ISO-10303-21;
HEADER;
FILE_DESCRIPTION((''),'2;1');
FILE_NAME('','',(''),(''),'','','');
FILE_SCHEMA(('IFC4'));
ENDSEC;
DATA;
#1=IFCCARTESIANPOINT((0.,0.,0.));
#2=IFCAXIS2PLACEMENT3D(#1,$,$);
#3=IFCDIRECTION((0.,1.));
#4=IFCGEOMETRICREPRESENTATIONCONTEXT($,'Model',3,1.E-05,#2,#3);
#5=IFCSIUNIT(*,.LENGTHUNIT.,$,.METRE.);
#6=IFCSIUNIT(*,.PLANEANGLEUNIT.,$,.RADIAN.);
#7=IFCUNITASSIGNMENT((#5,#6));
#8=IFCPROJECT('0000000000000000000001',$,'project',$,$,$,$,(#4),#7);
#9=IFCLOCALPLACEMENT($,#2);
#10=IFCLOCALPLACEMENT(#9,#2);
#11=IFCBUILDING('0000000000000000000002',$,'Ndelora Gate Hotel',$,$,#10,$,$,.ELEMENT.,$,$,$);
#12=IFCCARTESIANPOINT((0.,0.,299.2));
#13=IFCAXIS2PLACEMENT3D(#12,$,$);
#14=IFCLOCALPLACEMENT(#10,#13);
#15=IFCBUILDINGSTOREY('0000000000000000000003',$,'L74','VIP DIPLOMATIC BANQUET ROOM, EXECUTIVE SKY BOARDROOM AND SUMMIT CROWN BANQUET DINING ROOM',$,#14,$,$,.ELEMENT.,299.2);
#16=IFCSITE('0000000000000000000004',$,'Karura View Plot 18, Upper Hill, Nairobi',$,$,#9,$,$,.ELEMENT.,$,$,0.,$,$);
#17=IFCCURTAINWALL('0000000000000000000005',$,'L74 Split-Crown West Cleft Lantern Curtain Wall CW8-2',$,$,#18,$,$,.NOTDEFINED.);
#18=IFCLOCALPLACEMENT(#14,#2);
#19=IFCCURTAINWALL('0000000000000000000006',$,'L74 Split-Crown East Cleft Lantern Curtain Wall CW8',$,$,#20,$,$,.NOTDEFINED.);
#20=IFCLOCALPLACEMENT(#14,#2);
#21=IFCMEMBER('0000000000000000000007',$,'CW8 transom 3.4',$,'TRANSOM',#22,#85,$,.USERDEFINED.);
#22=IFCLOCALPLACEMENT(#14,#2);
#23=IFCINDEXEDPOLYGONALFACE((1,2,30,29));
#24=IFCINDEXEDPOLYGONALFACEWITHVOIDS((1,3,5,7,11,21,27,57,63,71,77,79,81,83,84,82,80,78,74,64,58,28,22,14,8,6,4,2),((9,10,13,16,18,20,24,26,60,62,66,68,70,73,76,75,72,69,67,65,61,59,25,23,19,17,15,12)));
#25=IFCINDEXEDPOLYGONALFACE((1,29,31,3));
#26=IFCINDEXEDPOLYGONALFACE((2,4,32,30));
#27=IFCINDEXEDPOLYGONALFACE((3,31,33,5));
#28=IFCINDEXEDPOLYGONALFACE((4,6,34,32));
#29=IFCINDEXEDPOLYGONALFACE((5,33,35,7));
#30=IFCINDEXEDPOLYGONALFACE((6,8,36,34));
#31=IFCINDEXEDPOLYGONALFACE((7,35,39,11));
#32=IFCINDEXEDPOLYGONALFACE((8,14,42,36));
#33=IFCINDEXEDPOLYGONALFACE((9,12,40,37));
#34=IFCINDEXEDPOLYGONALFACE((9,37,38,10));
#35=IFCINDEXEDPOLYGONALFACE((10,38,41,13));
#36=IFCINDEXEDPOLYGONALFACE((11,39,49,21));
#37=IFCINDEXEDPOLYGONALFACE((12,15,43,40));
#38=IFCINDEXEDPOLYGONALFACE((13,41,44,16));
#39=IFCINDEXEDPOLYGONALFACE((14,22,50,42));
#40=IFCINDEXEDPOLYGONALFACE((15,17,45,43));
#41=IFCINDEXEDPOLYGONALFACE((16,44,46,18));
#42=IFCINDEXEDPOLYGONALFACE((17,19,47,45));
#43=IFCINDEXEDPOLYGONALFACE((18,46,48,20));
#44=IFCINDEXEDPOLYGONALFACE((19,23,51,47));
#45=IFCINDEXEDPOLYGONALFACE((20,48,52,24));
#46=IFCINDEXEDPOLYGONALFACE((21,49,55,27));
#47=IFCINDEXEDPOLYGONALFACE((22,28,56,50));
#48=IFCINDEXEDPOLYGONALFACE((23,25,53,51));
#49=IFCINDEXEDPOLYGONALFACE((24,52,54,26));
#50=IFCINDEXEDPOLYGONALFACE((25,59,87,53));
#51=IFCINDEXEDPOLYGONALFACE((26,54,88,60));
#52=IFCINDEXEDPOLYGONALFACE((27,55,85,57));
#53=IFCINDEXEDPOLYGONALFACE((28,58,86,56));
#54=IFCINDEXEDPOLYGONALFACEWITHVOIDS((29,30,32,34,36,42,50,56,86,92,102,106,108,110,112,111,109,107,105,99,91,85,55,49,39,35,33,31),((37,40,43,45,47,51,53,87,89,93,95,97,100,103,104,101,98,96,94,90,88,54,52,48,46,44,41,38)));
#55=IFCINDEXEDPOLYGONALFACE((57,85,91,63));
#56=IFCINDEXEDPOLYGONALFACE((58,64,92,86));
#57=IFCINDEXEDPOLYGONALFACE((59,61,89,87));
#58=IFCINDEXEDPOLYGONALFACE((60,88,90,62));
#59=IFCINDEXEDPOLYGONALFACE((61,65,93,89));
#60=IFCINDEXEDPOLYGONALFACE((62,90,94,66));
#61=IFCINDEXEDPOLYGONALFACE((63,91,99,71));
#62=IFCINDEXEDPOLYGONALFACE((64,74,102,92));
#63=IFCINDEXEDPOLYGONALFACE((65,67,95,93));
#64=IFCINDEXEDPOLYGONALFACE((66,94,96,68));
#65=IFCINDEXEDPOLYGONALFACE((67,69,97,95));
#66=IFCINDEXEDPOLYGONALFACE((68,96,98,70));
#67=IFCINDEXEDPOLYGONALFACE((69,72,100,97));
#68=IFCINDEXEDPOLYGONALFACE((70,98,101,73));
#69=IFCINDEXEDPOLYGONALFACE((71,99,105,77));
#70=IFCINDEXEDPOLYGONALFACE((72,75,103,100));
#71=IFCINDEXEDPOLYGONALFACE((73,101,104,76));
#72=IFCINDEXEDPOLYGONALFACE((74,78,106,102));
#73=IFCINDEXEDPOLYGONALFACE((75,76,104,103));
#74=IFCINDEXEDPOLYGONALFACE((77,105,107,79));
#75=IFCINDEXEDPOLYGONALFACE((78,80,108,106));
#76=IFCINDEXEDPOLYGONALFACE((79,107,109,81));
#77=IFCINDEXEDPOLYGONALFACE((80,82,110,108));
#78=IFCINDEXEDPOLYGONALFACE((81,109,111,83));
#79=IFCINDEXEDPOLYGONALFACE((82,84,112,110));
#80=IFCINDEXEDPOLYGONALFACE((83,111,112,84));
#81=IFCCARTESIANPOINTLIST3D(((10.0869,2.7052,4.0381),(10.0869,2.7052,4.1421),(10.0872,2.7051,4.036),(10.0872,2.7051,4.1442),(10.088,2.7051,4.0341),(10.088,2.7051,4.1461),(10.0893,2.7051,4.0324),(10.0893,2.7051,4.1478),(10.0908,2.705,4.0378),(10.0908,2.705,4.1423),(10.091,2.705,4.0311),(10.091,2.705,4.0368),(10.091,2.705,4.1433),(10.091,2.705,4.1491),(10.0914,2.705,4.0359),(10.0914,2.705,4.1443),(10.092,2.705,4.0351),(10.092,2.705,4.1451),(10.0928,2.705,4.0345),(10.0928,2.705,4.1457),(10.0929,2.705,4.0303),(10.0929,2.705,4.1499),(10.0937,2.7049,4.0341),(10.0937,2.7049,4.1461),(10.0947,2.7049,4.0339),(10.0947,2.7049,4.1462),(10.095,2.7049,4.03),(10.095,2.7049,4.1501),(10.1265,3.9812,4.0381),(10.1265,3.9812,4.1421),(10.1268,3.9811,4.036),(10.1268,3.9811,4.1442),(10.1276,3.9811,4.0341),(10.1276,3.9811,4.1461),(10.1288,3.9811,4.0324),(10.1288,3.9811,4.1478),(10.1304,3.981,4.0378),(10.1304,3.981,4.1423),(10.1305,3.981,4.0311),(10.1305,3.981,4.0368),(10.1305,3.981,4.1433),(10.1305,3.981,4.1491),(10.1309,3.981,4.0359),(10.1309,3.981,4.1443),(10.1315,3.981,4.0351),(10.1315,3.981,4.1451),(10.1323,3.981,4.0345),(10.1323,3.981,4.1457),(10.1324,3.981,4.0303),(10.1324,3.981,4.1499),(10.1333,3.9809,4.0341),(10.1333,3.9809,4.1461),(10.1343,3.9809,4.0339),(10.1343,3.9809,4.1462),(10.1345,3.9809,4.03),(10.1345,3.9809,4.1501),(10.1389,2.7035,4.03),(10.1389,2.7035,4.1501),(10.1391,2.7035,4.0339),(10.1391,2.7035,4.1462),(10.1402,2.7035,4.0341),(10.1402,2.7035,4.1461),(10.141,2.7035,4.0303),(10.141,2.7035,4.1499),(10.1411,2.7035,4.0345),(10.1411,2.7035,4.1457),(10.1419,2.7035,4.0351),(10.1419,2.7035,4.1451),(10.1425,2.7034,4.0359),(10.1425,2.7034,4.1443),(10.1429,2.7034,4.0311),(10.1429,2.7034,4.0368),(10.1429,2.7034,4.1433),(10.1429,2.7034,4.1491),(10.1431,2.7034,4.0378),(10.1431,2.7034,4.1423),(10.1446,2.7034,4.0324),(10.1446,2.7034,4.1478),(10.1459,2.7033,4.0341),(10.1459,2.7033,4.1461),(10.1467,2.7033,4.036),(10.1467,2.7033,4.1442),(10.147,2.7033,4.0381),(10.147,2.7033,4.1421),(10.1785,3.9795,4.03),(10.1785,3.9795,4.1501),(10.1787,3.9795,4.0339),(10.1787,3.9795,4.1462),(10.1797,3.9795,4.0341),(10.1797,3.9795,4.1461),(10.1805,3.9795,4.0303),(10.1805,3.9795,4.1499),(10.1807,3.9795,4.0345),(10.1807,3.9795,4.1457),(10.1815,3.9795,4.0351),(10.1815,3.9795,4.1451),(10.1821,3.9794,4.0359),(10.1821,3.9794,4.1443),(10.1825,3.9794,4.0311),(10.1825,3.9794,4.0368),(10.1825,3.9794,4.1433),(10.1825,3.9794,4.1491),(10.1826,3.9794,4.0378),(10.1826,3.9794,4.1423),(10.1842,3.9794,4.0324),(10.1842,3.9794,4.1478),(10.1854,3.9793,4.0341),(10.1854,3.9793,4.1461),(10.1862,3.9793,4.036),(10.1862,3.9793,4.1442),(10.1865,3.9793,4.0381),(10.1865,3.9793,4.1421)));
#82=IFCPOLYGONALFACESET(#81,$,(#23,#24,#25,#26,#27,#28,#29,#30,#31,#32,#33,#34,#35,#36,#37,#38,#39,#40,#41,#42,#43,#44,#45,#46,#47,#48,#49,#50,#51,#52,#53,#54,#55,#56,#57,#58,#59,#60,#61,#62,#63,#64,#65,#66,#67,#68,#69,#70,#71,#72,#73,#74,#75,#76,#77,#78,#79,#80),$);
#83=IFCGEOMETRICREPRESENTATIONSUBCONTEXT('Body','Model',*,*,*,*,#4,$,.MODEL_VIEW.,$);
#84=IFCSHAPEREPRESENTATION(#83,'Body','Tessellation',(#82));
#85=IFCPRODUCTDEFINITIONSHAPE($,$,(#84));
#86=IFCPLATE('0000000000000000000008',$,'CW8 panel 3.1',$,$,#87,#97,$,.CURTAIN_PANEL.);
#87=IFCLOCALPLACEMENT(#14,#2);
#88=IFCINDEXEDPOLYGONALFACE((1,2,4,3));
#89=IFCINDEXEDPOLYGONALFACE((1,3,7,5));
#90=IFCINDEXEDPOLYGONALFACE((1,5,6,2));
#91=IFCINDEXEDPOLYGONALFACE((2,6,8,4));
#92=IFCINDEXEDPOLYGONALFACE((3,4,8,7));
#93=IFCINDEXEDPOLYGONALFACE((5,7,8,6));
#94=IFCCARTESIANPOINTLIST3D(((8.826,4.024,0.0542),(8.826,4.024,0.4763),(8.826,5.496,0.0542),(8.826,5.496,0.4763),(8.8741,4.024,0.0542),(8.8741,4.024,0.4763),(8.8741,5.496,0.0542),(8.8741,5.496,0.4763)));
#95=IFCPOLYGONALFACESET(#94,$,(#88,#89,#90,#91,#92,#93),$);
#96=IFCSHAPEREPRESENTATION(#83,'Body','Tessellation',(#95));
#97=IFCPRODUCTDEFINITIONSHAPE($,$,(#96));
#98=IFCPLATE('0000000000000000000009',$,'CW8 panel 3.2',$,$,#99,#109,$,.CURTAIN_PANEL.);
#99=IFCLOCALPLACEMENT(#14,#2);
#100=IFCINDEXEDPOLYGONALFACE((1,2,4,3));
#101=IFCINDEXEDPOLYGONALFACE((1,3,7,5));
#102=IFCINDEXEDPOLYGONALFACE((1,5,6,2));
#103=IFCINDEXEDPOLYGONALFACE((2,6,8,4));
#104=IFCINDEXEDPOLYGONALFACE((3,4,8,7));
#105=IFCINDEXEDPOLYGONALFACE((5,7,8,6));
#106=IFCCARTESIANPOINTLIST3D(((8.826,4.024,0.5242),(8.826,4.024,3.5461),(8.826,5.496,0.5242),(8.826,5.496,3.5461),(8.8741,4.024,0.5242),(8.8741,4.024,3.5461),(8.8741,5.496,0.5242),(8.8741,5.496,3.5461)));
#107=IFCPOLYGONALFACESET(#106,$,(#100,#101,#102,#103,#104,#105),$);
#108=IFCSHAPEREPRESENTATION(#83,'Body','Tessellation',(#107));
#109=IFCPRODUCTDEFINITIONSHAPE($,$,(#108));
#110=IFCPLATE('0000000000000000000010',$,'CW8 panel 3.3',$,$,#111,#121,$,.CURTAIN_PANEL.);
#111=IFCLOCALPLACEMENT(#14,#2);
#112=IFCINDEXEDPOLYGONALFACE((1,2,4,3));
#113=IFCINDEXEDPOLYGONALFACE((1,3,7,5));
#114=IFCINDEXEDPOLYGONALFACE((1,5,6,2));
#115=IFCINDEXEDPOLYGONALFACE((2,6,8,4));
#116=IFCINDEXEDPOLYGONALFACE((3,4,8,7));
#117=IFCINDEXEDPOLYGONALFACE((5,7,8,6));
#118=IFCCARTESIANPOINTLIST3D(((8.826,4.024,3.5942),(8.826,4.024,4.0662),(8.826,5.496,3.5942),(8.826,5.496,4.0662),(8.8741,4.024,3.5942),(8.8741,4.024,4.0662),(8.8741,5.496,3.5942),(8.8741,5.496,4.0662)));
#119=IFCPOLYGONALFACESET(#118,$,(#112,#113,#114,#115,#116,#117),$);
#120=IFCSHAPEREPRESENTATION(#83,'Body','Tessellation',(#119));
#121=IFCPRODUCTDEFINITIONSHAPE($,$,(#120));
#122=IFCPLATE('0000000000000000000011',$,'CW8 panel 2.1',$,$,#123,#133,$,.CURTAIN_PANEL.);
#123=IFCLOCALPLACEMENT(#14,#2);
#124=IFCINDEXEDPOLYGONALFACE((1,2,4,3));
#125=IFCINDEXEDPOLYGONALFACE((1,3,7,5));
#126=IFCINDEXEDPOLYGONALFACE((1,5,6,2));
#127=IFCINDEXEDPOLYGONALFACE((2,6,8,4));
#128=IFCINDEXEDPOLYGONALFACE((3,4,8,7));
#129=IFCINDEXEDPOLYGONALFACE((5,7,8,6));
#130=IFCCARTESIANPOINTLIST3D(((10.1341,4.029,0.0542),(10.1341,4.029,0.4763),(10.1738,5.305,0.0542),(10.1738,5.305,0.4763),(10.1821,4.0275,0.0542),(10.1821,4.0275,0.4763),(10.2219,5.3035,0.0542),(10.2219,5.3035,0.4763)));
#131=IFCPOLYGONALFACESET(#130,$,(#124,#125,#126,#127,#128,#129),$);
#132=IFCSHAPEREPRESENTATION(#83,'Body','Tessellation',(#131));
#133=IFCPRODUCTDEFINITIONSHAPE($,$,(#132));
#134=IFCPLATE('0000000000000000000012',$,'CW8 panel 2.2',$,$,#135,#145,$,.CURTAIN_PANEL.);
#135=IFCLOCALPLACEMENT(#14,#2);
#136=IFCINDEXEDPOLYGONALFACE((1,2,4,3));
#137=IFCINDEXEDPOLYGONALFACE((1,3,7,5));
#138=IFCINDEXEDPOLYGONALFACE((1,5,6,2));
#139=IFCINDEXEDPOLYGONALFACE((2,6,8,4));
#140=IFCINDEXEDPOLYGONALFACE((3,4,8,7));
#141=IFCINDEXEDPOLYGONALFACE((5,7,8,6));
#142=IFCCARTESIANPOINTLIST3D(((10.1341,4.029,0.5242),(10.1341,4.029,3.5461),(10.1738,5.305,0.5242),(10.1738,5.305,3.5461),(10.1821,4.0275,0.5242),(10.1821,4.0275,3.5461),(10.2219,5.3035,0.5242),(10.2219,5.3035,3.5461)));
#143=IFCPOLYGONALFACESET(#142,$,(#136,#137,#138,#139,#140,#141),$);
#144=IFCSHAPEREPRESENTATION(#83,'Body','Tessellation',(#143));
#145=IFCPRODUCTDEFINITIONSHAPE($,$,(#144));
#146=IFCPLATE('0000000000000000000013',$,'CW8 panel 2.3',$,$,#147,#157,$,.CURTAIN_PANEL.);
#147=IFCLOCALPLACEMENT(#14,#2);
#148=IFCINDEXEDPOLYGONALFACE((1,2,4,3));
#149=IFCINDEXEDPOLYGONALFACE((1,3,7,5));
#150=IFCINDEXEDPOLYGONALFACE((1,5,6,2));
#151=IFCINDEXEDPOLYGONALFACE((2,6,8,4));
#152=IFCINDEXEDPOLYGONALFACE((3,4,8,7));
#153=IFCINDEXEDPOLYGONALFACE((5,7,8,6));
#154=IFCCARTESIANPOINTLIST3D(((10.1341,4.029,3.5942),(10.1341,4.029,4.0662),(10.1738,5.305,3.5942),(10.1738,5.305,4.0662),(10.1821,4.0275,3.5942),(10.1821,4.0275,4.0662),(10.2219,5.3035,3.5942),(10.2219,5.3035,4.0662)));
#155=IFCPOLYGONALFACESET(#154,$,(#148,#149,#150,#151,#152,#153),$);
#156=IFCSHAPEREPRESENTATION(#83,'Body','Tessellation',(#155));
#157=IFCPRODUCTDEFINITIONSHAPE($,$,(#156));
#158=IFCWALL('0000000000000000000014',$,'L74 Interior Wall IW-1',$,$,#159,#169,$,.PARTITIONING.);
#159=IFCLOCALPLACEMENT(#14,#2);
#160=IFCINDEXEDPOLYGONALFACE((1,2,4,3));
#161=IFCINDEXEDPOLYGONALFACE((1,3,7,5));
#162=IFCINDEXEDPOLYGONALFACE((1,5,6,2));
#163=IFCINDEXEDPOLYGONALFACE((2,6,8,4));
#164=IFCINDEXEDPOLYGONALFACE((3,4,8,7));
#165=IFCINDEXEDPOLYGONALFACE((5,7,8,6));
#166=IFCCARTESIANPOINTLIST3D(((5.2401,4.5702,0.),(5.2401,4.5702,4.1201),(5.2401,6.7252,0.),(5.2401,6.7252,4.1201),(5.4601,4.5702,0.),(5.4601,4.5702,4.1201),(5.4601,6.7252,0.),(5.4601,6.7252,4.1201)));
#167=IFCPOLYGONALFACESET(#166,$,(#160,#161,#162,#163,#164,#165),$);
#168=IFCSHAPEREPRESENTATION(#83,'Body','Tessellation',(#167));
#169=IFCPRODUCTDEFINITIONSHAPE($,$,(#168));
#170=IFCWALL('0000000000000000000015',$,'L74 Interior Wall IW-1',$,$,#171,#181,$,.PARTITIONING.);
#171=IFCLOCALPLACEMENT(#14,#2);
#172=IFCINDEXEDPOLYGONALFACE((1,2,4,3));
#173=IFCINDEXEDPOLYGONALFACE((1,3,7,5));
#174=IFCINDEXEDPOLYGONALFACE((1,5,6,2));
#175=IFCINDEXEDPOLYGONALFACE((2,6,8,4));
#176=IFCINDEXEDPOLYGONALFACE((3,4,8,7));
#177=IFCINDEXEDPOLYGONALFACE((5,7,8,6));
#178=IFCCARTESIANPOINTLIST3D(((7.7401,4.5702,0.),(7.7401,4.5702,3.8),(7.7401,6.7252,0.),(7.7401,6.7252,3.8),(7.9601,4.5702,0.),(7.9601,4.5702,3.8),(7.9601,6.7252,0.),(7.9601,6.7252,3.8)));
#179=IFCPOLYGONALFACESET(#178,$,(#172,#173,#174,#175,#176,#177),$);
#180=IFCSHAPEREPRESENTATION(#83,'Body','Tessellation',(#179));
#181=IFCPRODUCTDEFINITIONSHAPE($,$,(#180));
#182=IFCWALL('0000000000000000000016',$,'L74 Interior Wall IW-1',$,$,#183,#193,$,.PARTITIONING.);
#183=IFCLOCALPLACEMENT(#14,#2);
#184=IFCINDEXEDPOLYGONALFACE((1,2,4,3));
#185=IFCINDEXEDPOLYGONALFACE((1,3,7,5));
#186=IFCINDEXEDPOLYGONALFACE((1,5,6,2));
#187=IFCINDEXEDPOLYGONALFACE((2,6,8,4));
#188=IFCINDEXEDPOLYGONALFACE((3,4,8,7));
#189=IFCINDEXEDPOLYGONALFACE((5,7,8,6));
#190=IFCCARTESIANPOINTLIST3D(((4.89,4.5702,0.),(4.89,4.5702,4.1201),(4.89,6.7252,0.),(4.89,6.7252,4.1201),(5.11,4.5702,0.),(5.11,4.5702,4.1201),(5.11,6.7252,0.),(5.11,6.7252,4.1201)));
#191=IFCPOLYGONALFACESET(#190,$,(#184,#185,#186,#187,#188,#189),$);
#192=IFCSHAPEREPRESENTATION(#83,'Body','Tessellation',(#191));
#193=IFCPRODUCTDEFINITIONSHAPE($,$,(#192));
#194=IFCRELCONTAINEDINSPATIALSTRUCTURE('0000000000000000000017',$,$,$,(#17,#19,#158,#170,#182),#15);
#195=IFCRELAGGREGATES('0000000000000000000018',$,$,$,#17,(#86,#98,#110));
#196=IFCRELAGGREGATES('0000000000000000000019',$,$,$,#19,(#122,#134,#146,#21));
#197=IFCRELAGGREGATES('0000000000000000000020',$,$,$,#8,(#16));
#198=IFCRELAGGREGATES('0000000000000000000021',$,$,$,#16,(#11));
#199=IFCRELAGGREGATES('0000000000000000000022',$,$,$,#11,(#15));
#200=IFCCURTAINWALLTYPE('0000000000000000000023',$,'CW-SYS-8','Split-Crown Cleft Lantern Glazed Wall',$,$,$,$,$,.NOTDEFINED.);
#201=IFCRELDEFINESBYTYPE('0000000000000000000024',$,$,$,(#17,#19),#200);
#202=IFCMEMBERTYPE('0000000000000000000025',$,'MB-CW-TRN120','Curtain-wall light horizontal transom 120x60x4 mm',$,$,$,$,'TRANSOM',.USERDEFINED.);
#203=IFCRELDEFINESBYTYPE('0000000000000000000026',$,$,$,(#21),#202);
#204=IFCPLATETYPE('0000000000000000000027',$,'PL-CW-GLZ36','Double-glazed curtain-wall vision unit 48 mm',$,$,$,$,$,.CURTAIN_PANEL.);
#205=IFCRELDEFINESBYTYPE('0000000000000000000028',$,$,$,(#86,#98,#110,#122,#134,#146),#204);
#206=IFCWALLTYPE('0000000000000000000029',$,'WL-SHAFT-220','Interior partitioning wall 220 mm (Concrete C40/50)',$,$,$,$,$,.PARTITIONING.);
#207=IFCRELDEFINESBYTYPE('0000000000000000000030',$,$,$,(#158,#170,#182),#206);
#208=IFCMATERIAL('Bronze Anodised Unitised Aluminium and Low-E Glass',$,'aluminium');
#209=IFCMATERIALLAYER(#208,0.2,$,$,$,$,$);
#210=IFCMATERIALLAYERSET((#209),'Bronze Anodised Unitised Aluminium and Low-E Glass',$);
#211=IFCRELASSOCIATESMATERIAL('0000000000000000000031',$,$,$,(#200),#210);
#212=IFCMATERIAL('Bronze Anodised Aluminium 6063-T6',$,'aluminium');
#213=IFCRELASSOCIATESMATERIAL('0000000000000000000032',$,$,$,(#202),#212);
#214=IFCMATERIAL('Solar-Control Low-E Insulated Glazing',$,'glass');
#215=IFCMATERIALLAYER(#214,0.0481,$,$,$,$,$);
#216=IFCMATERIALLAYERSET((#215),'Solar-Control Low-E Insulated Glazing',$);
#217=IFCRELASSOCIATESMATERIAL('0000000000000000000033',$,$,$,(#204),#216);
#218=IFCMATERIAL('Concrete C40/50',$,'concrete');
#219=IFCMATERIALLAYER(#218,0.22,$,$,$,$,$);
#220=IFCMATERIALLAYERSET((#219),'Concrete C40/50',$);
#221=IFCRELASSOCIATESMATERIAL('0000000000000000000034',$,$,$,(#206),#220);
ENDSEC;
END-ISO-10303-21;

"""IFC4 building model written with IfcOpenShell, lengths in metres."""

from ifc_helpers import new_model, si_unit, direction, frame, frame_2d, origin, origin_2d, place, context, subcontext, project, spatial, rectangle, hollow_rectangle, extrude, material, layer, layer_set, material_profile, profile_set, type_object, element, aggregate, save


model = new_model("IFC4")

# Units and contexts
model_context = context("Model", 3, precision=1e-05, world=origin(), true_north=direction((0.0, 1.0)))
body_context = subcontext(model_context, "Body", "Model", "MODEL_VIEW")
ifc_project = project(units=[si_unit("LENGTHUNIT", "METRE"), si_unit("PLANEANGLEUNIT", "RADIAN")], contexts=[model_context])

# Site, building, storey
site_placement = place(None, origin())
site = spatial("IfcSite", under=ifc_project, at=site_placement, Name="Karura View Plot 18, Upper Hill, Nairobi", CompositionType="ELEMENT", RefElevation=0.0)
building_placement = place(site_placement, origin())
building = spatial("IfcBuilding", under=site, at=building_placement, Name="Ndelora Gate Hotel", CompositionType="ELEMENT")
storey_placement = place(building_placement, frame((0.0, 0.0, 299.2)))
storey = spatial("IfcBuildingStorey", under=building, at=storey_placement, Name="L74", Description="VIP DIPLOMATIC BANQUET ROOM, EXECUTIVE SKY BOARDROOM AND SUMMIT CROWN BANQUET DINING ROOM", CompositionType="ELEMENT", Elevation=299.2)

# Curtain walls
ifc_material_1 = material(Name="Bronze Anodised Unitised Aluminium and Low-E Glass", Category="aluminium")
ifc_layer_1 = layer(ifc_material_1, 0.2)
ifc_layer_set_1 = layer_set([ifc_layer_1], Name="Bronze Anodised Unitised Aluminium and Low-E Glass")
curtain_wall_type = type_object("IfcCurtainWallType", Name="CW-SYS-8", Description="Split-Crown Cleft Lantern Glazed Wall", PredefinedType="NOTDEFINED", material=ifc_layer_set_1)
curtain_wall_1_placement = place(storey_placement, origin())
curtain_wall_1 = element("IfcCurtainWall", 1, at=curtain_wall_1_placement, inside=storey, type_object=curtain_wall_type, Name="L74 Split-Crown West Cleft Lantern Curtain Wall CW8-2", PredefinedType="NOTDEFINED")
ifc_material_2 = material(Name="Bronze Anodised Aluminium 6063-T6", Category="aluminium")
curtain_wall_2_placement = place(storey_placement, origin())
curtain_wall_2 = element("IfcCurtainWall", 2, at=curtain_wall_2_placement, inside=storey, type_object=curtain_wall_type, Name="L74 Split-Crown East Cleft Lantern Curtain Wall CW8", PredefinedType="NOTDEFINED")

# Member
ifc_material_profile_1 = material_profile(ifc_material_2, hollow_rectangle(XDim=0.0601, YDim=0.1201, WallThickness=0.0039, InnerFilletRadius=0.0039, OuterFilletRadius=0.0081, at=origin_2d()), Name="ALU 120x60x4")
ifc_profile_set_1 = profile_set([ifc_material_profile_1], Name="Bronze Anodised Aluminium 6063-T6")
member_type_1 = type_object("IfcMemberType", Name="MB-CW-TRN120", Description="Curtain-wall light horizontal transom 120x60x4 mm", ElementType="TRANSOM", PredefinedType="USERDEFINED", material=ifc_profile_set_1)
member_1_placement = place(storey_placement, frame((10.1565, 3.9802, 4.0901), z_axis=(-0.030984, -0.99952, 0.0), x_axis=(0.99952, -0.030984, 0.0)))
member_1 = element("IfcMember", 3, at=member_1_placement, type_object=member_type_1, Name="CW8 transom 3.4", ObjectType="TRANSOM", PredefinedType="USERDEFINED", context=body_context, shape_type="SweptSolid", body=[
    extrude(hollow_rectangle(XDim=0.0601, YDim=0.1201, WallThickness=0.0039, InnerFilletRadius=0.0039, OuterFilletRadius=0.0081, at=origin_2d()), origin(), (0.0, 0.0, 1.0), 1.2766),
])

# Plates
ifc_material_3 = material(Name="Solar-Control Low-E Insulated Glazing", Category="glass")
ifc_layer_2 = layer(ifc_material_3, 0.0481)
ifc_layer_set_2 = layer_set([ifc_layer_2], Name="Solar-Control Low-E Insulated Glazing")
plate_type = type_object("IfcPlateType", Name="PL-CW-GLZ36", Description="Double-glazed curtain-wall vision unit 48 mm", PredefinedType="CURTAIN_PANEL", material=ifc_layer_set_2)
plate_1_placement = place(storey_placement, frame((8.8501, 4.76, 0.0542), z_axis=(0.0, 0.0, 1.0), x_axis=(0.0, 1.0, 0.0)))
plate_1 = element("IfcPlate", 4, at=plate_1_placement, type_object=plate_type, Name="CW8 panel 3.1", PredefinedType="CURTAIN_PANEL", context=body_context, shape_type="SweptSolid", body=[
    extrude(rectangle(XDim=1.4719, YDim=0.0481, at=origin_2d()), origin(), (0.0, 0.0, 1.0), 0.4221),
])
plate_2_placement = place(storey_placement, frame((8.8501, 4.76, 0.5242), z_axis=(0.0, 0.0, 1.0), x_axis=(0.0, 1.0, 0.0)))
plate_2 = element("IfcPlate", 5, at=plate_2_placement, type_object=plate_type, Name="CW8 panel 3.2", PredefinedType="CURTAIN_PANEL", context=body_context, shape_type="SweptSolid", body=[
    extrude(rectangle(XDim=1.4719, YDim=0.0481, at=origin_2d()), origin(), (0.0, 0.0, 1.0), 3.022),
])
plate_3_placement = place(storey_placement, frame((8.8501, 4.76, 3.5942), z_axis=(0.0, 0.0, 1.0), x_axis=(0.0, 1.0, 0.0)))
plate_3 = element("IfcPlate", 6, at=plate_3_placement, type_object=plate_type, Name="CW8 panel 3.3", PredefinedType="CURTAIN_PANEL", context=body_context, shape_type="SweptSolid", body=[
    extrude(rectangle(XDim=1.4719, YDim=0.0481, at=origin_2d()), origin(), (0.0, 0.0, 1.0), 0.4719),
])
aggregate(curtain_wall_1, [plate_1, plate_2, plate_3])
plate_4_placement = place(storey_placement, frame((10.178, 4.6663, 0.0542), z_axis=(0.0, 0.0, 1.0), x_axis=(-0.031131, -0.999515, 0.0)))
plate_4 = element("IfcPlate", 7, at=plate_4_placement, type_object=plate_type, Name="CW8 panel 2.1", PredefinedType="CURTAIN_PANEL", context=body_context, shape_type="SweptSolid", body=[
    extrude(rectangle(XDim=1.2766, YDim=0.0481, at=origin_2d()), origin(), (0.0, 0.0, 1.0), 0.4221),
])
plate_5_placement = place(storey_placement, frame((10.178, 4.6663, 0.5242), z_axis=(0.0, 0.0, 1.0), x_axis=(-0.031131, -0.999515, 0.0)))
plate_5 = element("IfcPlate", 8, at=plate_5_placement, type_object=plate_type, Name="CW8 panel 2.2", PredefinedType="CURTAIN_PANEL", context=body_context, shape_type="SweptSolid", body=[
    extrude(rectangle(XDim=1.2766, YDim=0.0481, at=origin_2d()), origin(), (0.0, 0.0, 1.0), 3.022),
])
plate_6_placement = place(storey_placement, frame((10.178, 4.6663, 3.5942), z_axis=(0.0, 0.0, 1.0), x_axis=(-0.031131, -0.999515, 0.0)))
plate_6 = element("IfcPlate", 9, at=plate_6_placement, type_object=plate_type, Name="CW8 panel 2.3", PredefinedType="CURTAIN_PANEL", context=body_context, shape_type="SweptSolid", body=[
    extrude(rectangle(XDim=1.2766, YDim=0.0481, at=origin_2d()), origin(), (0.0, 0.0, 1.0), 0.4719),
])
aggregate(curtain_wall_2, [plate_4, plate_5, plate_6, member_1])

# Shared definitions
ifc_material_4 = material(Name="Concrete C40/50", Category="concrete")
ifc_layer_3 = layer(ifc_material_4, 0.22)
ifc_layer_set_3 = layer_set([ifc_layer_3], Name="Concrete C40/50")
wall_type = type_object("IfcWallType", Name="WL-SHAFT-220", Description="Interior partitioning wall 220 mm (Concrete C40/50)", PredefinedType="PARTITIONING", material=ifc_layer_set_3)

# Walls
wall_1_placement = place(storey_placement, frame((5.3501, 4.5701, 0.0), z_axis=(0.0, 0.0, 1.0), x_axis=(0.0, 1.0, 0.0)))
element("IfcWall", 10, at=wall_1_placement, inside=storey, type_object=wall_type, Name="L74 Interior Wall IW-1", PredefinedType="PARTITIONING", context=body_context, shape_type="SweptSolid", body=[
    extrude(rectangle(XDim=2.155, YDim=0.22, at=frame_2d((1.0776, 0.0))), origin(), (0.0, 0.0, 1.0), 4.1201),
])
wall_2_placement = place(storey_placement, frame((7.8501, 4.5701, 0.0), z_axis=(0.0, 0.0, 1.0), x_axis=(0.0, 1.0, 0.0)))
element("IfcWall", 11, at=wall_2_placement, inside=storey, type_object=wall_type, Name="L74 Interior Wall IW-1", PredefinedType="PARTITIONING", context=body_context, shape_type="SweptSolid", body=[
    extrude(rectangle(XDim=2.155, YDim=0.22, at=frame_2d((1.0776, 0.0))), origin(), (0.0, 0.0, 1.0), 3.8),
])
wall_3_placement = place(storey_placement, frame((5.0, 4.5701, 0.0), z_axis=(0.0, 0.0, 1.0), x_axis=(0.0, 1.0, 0.0)))
element("IfcWall", 12, at=wall_3_placement, inside=storey, type_object=wall_type, Name="L74 Interior Wall IW-1", PredefinedType="PARTITIONING", context=body_context, shape_type="SweptSolid", body=[
    extrude(rectangle(XDim=2.155, YDim=0.22, at=frame_2d((1.0776, 0.0))), origin(), (0.0, 0.0, 1.0), 4.1201),
])

save(model, "model.ifc")
